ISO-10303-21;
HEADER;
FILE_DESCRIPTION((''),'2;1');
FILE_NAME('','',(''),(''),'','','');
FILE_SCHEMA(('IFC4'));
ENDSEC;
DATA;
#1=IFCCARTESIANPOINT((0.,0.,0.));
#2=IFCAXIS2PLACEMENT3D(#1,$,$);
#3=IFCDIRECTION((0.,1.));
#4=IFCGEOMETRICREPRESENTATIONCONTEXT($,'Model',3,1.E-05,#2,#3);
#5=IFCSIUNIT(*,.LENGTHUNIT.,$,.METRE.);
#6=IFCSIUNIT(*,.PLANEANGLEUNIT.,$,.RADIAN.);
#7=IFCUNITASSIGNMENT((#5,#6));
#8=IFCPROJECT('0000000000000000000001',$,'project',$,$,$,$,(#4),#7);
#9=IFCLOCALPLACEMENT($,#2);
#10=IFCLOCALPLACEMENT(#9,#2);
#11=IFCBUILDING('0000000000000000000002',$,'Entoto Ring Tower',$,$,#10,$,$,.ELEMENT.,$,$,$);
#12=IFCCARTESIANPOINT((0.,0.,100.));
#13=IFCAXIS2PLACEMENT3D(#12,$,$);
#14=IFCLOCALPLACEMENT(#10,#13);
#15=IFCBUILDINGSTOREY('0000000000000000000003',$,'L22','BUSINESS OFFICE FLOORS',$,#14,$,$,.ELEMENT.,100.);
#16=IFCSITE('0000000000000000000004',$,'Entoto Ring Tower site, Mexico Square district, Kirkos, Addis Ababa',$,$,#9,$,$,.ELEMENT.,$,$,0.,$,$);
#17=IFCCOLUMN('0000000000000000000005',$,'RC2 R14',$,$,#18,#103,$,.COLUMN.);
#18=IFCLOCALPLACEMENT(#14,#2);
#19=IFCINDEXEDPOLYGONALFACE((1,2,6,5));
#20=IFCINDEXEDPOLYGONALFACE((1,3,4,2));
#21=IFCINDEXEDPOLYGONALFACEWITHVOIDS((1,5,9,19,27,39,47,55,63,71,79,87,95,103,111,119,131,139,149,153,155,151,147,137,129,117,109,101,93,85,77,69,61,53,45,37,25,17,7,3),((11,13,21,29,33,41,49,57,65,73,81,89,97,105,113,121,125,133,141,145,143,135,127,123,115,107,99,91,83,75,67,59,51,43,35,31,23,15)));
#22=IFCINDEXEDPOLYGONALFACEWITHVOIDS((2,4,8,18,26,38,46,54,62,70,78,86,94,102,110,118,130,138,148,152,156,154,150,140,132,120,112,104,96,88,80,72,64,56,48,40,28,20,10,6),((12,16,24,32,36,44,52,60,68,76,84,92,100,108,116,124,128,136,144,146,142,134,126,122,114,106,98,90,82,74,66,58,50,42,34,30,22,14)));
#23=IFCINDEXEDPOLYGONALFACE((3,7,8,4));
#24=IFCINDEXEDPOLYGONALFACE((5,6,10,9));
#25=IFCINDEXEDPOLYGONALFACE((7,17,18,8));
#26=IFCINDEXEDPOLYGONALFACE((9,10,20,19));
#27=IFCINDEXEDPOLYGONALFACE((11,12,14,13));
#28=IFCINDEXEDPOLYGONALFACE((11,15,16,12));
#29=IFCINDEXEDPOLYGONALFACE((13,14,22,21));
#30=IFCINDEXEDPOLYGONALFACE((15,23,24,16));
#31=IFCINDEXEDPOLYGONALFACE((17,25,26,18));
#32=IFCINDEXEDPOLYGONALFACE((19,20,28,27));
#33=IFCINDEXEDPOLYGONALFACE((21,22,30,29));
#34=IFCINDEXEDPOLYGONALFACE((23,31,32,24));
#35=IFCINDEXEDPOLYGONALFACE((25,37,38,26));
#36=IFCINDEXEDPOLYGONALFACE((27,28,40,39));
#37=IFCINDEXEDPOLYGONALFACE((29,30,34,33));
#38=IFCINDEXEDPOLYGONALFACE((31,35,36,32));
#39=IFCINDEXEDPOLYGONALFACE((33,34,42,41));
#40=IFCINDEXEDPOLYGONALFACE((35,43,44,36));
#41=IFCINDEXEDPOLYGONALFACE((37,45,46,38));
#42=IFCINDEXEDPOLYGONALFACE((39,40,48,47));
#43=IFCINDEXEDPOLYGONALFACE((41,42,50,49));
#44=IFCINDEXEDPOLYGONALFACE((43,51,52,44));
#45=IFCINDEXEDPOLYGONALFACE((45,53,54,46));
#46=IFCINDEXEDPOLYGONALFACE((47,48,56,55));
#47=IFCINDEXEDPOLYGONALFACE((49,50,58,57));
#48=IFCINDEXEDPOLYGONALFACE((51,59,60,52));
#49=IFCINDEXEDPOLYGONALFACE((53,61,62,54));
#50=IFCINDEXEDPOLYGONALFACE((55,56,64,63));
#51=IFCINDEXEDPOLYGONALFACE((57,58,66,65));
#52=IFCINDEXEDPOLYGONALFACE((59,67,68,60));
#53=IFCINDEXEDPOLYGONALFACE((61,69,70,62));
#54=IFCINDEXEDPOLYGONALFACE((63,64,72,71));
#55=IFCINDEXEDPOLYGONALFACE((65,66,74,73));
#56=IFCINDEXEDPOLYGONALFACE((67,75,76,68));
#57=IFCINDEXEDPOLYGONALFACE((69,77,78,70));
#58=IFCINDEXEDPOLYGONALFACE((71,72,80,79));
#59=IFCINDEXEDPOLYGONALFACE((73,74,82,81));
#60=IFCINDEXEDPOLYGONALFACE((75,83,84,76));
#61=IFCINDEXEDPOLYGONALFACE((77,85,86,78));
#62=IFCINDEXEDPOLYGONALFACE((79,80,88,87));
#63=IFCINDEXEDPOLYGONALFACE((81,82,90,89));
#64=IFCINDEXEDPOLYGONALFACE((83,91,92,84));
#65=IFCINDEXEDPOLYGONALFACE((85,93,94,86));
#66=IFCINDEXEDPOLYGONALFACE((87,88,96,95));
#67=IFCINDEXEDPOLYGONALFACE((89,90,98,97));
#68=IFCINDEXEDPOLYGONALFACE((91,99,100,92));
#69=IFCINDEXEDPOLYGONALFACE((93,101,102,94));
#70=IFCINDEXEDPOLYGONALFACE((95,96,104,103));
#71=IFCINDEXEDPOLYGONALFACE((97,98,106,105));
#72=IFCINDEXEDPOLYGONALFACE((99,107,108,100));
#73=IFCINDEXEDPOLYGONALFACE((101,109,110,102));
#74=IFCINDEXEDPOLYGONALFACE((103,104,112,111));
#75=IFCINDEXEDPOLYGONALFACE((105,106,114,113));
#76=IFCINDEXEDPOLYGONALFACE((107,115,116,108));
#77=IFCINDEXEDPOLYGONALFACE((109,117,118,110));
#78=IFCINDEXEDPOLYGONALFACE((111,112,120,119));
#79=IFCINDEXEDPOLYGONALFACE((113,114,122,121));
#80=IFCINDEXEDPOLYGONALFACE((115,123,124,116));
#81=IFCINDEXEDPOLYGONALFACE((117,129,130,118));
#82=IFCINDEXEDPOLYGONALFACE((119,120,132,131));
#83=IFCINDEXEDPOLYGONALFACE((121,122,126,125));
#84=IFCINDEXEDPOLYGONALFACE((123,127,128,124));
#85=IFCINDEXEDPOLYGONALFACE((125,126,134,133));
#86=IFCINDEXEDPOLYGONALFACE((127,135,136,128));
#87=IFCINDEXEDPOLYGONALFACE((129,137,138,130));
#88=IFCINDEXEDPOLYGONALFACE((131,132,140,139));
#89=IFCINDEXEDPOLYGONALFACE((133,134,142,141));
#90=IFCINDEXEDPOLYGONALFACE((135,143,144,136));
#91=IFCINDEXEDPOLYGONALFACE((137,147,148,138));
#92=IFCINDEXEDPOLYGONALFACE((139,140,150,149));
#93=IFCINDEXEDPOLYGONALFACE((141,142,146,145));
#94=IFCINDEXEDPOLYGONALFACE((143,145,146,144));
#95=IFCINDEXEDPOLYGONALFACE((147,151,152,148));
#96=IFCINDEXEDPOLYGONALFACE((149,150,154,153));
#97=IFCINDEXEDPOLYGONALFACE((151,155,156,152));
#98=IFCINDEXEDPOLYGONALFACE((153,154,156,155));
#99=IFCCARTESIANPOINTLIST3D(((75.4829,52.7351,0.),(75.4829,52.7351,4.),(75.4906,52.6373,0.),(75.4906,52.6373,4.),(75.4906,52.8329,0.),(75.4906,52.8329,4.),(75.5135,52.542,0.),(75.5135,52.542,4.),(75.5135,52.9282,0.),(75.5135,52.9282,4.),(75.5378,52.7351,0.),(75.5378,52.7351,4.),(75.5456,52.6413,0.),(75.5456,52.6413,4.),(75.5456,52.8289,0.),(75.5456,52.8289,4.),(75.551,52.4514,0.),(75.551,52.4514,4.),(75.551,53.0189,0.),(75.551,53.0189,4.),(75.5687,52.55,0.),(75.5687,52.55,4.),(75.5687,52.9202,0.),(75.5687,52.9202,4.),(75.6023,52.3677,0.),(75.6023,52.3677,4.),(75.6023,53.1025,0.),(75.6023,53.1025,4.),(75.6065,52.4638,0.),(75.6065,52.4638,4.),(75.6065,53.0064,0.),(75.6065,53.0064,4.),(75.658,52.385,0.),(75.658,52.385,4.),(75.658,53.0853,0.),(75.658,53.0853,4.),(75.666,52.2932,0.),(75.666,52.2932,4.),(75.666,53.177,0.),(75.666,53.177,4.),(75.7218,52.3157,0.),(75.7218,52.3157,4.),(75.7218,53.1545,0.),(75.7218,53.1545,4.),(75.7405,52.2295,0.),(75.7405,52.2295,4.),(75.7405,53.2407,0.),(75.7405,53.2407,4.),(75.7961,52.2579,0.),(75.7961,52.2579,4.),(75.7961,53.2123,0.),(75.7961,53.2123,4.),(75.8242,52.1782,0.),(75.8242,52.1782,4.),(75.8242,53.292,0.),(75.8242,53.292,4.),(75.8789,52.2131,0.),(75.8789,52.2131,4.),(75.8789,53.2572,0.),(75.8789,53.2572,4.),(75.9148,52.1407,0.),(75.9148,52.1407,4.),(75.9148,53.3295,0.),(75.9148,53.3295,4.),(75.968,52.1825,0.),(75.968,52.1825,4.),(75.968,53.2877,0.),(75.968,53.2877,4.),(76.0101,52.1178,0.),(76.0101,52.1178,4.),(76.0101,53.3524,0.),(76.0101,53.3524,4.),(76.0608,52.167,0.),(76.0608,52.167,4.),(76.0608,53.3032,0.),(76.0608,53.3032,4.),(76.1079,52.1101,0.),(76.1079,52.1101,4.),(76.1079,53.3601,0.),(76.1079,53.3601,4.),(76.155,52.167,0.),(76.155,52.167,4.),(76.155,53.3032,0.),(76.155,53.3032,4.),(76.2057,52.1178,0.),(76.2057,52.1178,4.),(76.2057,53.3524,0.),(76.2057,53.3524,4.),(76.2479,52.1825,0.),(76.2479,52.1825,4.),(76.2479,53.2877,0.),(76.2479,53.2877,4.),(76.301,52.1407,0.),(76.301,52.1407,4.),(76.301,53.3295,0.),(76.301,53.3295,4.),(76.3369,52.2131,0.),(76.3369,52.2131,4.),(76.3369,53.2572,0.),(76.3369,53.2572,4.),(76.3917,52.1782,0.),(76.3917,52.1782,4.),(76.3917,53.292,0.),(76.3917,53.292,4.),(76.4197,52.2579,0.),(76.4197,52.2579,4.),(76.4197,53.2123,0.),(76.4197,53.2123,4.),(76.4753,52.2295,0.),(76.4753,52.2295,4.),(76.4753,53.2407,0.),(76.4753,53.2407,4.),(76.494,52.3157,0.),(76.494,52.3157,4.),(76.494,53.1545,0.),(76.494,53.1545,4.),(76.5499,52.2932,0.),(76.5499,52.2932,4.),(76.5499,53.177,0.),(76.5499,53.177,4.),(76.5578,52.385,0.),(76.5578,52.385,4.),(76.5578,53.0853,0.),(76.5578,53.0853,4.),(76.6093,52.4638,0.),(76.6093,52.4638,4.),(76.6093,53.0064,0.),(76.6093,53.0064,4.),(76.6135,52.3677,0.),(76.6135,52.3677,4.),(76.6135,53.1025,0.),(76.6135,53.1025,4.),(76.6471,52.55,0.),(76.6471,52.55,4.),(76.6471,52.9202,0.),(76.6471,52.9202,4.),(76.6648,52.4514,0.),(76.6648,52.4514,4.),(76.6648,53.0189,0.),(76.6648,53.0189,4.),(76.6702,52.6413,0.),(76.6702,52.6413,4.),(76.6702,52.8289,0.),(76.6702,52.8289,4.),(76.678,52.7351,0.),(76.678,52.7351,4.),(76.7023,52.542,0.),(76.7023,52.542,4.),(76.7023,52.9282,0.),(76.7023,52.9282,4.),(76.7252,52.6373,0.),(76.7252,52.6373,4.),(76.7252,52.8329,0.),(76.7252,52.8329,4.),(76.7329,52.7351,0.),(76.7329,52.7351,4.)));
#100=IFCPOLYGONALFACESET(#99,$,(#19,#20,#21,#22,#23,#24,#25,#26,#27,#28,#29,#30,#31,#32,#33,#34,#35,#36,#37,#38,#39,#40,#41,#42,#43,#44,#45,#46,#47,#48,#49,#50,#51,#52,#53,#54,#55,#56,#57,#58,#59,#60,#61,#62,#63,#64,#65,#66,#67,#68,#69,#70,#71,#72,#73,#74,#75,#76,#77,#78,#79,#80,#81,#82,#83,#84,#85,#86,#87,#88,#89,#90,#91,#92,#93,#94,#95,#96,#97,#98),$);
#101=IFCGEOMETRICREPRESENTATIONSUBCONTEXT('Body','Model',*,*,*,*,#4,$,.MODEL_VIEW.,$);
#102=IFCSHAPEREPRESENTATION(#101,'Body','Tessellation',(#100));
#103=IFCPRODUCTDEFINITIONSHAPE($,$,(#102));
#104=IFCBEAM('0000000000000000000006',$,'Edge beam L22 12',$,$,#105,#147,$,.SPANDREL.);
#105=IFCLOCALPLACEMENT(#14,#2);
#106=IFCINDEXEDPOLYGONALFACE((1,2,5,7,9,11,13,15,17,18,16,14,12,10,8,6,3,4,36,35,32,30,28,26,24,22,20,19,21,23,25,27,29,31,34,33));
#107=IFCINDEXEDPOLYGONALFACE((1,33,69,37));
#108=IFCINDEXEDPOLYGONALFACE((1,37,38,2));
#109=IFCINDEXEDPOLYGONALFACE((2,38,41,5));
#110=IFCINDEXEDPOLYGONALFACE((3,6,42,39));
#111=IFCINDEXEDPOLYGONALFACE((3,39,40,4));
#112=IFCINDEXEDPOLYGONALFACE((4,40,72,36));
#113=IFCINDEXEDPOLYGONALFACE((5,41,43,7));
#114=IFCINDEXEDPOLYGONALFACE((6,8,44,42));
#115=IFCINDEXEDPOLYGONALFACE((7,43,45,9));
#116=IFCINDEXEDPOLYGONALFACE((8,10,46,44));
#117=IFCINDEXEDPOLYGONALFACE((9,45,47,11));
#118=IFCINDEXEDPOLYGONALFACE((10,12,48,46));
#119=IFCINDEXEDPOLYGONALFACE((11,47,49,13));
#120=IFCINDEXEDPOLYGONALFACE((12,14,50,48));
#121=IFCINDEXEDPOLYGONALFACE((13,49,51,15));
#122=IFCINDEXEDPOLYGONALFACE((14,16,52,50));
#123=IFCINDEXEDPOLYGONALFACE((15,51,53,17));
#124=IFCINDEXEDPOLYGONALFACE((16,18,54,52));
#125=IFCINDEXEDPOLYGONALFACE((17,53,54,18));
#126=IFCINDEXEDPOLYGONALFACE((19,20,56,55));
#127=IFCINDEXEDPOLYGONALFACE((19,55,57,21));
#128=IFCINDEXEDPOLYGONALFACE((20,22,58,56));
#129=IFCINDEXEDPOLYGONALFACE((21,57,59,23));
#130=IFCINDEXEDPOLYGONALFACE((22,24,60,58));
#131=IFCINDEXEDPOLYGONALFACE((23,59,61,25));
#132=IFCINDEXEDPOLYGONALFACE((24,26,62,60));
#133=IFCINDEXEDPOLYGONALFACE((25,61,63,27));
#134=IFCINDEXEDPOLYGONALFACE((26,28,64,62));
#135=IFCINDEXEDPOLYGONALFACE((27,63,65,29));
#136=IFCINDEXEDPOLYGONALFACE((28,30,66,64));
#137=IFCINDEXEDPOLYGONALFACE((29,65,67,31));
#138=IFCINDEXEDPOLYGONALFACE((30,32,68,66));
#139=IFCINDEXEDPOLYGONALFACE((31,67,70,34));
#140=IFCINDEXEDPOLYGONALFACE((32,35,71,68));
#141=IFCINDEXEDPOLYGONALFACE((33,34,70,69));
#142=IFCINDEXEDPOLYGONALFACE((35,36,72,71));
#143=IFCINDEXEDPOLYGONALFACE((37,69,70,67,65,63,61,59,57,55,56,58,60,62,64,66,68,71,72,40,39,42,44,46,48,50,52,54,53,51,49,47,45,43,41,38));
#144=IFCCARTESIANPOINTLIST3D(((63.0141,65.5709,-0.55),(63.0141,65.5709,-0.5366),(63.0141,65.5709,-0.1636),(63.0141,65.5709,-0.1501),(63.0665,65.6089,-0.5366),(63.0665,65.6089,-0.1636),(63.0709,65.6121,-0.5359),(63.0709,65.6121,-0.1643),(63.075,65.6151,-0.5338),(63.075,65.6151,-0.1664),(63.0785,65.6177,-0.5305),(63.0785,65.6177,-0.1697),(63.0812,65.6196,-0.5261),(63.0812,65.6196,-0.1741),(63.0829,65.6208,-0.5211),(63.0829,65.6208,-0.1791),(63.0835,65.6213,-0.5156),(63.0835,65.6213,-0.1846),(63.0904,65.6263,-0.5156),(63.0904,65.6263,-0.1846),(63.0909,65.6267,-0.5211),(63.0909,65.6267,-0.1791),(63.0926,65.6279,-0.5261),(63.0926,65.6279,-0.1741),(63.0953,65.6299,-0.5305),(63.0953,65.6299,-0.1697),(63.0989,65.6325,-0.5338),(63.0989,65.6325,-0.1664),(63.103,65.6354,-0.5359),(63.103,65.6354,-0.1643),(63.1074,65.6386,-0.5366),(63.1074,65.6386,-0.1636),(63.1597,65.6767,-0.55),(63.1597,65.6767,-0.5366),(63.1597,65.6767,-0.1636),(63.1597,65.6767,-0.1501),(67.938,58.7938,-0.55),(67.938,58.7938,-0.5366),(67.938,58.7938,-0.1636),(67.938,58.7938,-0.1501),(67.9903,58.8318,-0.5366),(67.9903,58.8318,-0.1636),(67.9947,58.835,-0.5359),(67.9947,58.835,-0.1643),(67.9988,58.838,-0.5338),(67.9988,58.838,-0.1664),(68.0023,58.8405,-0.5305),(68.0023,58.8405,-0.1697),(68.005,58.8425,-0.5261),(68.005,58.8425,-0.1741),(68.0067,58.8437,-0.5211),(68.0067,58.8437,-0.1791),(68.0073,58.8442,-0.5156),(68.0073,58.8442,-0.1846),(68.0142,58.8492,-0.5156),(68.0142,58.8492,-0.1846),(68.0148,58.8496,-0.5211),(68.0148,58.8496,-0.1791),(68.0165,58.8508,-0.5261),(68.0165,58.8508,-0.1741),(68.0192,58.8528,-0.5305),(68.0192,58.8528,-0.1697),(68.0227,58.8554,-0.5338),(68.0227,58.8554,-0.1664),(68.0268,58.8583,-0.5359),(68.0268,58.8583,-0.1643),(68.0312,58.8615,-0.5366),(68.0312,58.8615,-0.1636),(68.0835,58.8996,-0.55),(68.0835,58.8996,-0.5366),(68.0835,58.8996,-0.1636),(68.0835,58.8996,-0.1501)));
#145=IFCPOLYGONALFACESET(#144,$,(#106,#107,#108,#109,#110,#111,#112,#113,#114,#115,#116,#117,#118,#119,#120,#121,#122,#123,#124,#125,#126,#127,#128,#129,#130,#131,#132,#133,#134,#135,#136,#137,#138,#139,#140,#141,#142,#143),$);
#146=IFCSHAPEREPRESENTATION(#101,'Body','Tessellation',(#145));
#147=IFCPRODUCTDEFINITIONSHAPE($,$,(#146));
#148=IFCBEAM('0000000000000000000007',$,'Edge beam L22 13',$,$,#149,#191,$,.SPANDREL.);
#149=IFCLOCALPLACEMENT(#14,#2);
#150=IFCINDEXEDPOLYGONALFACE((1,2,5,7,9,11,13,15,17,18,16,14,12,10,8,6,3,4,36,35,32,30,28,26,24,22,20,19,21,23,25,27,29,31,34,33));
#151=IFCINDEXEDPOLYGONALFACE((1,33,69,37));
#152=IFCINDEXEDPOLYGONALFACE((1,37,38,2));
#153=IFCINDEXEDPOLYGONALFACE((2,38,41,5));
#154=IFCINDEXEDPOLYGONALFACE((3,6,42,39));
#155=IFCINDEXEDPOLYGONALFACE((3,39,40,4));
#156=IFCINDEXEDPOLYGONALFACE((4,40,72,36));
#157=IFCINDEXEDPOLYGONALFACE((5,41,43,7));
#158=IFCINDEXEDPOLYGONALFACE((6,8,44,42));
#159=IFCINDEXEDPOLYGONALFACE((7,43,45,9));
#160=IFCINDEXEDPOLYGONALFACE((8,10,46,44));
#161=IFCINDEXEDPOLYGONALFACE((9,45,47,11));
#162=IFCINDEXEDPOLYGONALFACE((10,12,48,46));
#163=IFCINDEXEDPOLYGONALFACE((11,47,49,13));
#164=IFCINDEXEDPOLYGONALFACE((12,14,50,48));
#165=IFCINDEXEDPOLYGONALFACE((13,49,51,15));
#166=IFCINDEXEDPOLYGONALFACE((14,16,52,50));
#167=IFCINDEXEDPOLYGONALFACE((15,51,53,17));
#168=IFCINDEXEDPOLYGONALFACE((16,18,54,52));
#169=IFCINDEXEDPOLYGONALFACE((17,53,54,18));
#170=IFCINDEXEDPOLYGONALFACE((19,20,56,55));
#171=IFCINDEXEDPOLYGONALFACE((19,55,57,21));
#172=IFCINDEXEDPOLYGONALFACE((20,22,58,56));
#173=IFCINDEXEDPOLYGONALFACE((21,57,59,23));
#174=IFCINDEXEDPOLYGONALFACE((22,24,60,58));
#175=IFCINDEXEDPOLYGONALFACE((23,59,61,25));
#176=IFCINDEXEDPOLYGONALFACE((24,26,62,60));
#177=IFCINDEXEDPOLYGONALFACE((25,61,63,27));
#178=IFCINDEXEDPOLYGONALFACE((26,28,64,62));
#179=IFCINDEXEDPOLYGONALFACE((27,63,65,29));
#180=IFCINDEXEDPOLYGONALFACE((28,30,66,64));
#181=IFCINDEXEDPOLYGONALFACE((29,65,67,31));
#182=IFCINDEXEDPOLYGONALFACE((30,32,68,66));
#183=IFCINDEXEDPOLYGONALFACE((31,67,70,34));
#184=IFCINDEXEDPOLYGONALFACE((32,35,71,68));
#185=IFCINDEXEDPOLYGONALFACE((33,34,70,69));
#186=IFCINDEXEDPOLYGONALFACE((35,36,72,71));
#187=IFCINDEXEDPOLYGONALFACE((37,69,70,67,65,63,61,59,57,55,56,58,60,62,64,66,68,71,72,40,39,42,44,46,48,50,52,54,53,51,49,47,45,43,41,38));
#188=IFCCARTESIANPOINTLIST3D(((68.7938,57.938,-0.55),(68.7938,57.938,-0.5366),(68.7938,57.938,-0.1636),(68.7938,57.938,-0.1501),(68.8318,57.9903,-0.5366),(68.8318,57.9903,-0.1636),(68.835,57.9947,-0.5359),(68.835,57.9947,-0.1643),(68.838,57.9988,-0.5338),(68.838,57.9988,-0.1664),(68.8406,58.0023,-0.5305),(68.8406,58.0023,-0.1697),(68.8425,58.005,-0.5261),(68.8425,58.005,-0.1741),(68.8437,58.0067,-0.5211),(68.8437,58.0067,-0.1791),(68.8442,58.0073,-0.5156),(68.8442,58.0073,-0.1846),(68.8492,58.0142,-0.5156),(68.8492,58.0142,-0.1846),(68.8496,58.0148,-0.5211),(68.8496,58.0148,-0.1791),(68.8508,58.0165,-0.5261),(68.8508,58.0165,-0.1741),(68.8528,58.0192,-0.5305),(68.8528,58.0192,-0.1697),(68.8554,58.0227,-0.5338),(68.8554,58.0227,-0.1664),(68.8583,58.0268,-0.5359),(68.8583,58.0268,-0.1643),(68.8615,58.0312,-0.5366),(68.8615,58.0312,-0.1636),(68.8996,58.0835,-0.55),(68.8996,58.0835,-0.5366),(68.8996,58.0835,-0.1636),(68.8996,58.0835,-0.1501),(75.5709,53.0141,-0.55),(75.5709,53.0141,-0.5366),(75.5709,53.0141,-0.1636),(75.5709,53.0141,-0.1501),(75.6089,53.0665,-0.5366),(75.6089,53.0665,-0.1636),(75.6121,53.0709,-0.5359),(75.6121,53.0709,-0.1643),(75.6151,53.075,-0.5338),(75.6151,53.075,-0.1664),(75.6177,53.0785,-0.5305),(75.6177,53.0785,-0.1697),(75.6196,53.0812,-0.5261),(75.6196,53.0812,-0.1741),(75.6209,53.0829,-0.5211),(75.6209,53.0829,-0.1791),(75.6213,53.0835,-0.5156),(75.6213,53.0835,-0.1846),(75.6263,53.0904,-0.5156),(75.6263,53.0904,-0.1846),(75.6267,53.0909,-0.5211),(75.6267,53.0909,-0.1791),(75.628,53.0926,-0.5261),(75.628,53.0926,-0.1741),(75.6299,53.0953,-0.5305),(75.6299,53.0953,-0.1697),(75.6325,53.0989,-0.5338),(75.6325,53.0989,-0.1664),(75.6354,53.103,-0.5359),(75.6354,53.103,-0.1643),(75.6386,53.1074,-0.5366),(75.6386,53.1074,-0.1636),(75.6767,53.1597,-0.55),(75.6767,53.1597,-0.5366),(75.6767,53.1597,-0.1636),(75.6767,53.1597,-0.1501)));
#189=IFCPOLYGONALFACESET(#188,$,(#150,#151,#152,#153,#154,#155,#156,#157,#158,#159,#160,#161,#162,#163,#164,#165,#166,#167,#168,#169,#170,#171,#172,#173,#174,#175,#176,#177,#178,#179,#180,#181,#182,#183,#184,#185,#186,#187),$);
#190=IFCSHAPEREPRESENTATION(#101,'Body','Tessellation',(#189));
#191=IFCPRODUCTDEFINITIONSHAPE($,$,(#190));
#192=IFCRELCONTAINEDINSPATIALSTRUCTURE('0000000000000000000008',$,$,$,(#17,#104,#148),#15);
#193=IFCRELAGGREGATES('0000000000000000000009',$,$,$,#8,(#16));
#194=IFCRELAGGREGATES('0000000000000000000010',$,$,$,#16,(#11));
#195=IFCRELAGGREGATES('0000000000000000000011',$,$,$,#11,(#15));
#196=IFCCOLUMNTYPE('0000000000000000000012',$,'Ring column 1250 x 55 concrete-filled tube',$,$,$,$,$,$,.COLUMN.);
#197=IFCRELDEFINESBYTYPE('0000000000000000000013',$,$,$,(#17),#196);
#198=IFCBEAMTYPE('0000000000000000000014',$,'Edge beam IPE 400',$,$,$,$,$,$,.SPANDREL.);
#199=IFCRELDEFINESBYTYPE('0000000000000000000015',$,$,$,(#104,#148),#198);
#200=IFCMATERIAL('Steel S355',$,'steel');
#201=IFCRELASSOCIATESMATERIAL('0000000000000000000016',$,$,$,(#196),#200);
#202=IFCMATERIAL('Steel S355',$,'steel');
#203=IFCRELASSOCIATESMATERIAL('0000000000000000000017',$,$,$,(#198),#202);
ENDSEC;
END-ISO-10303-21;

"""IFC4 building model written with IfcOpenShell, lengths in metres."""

from ifc_helpers import new_model, si_unit, direction, frame, origin, origin_2d, place, context, subcontext, project, spatial, circle, hollow_circle, i_section, extrude, material, material_profile, profile_set, type_object, element, save


model = new_model("IFC4")

# Units and contexts
model_context = context("Model", 3, precision=1e-05, world=origin(), true_north=direction((0.0, 1.0)))
body_context = subcontext(model_context, "Body", "Model", "MODEL_VIEW")
ifc_project = project(units=[si_unit("LENGTHUNIT", "METRE"), si_unit("PLANEANGLEUNIT", "RADIAN")], contexts=[model_context])

# Site, building, storey
site_placement = place(None, origin())
site = spatial("IfcSite", under=ifc_project, at=site_placement, Name="Entoto Ring Tower site, Mexico Square district, Kirkos, Addis Ababa", CompositionType="ELEMENT", RefElevation=0.0)
building_placement = place(site_placement, origin())
building = spatial("IfcBuilding", under=site, at=building_placement, Name="Entoto Ring Tower", CompositionType="ELEMENT")
storey_placement = place(building_placement, frame((0.0, 0.0, 100.0)))
storey = spatial("IfcBuildingStorey", under=building, at=storey_placement, Name="L22", Description="BUSINESS OFFICE FLOORS", CompositionType="ELEMENT", Elevation=100.0)

# Column
ifc_material_1 = material(Name="Steel S355", Category="steel")
ifc_material_profile_1 = material_profile(ifc_material_1, hollow_circle(Radius=0.625, WallThickness=0.0549, at=origin_2d()), Name="CHS 1250 x 55")
ifc_material_2 = material(Name="Concrete C60/75", Category="concrete")
ifc_material_profile_2 = material_profile(ifc_material_2, circle(Radius=0.5701, at=origin_2d()), Name="Concrete C60/75 infill")
ifc_profile_set_1 = profile_set([ifc_material_profile_1, ifc_material_profile_2], Name="Steel S355")
column_type = type_object("IfcColumnType", Name="Ring column 1250 x 55 concrete-filled tube", PredefinedType="COLUMN", material=ifc_profile_set_1)
for number, where, z_axis, x_axis, name in (
    (1, (76.1079, 52.7351, 0.0), (0.0, 0.0, 1.0), (1.0, 0.0, 0.0), "RC2 R14"),
):
    element("IfcColumn", number, at=place(storey_placement, frame(where, z_axis=z_axis, x_axis=x_axis)), inside=storey, type_object=column_type, Name=name, PredefinedType="COLUMN", context=body_context, shape_type="SweptSolid", body=[
        extrude(hollow_circle(Radius=0.625, WallThickness=0.0549, at=origin_2d()), origin(), (0.0, 0.0, 1.0), 4.0),
    ])

# Beams
ifc_material_3 = material(Name="Steel S355", Category="steel")
ifc_material_profile_3 = material_profile(ifc_material_3, i_section(OverallWidth=0.1799, OverallDepth=0.3999, WebThickness=0.0085, FlangeThickness=0.0134, FilletRadius=0.021, at=origin_2d()), Name="IPE 400")
ifc_profile_set_2 = profile_set([ifc_material_profile_3], Name="Steel S355")
beam_type_1 = type_object("IfcBeamType", Name="Edge beam IPE 400", PredefinedType="SPANDREL", material=ifc_profile_set_2)
for number, where, z_axis, x_axis, name in (
    (2, (63.0869, 65.6238, -0.3501), (0.587783, -0.809018, 0.0), (0.809018, 0.587783, 0.0), "Edge beam L22 12"),
    (3, (68.8467, 58.0107, -0.3501), (0.809018, -0.587783, 0.0), (0.587783, 0.809018, 0.0), "Edge beam L22 13"),
):
    element("IfcBeam", number, at=place(storey_placement, frame(where, z_axis=z_axis, x_axis=x_axis)), inside=storey, type_object=beam_type_1, Name=name, PredefinedType="SPANDREL", context=body_context, shape_type="SweptSolid", body=[
        extrude(i_section(OverallWidth=0.1799, OverallDepth=0.3999, WebThickness=0.0085, FlangeThickness=0.0134, FilletRadius=0.021, at=origin_2d()), origin(), (0.0, 0.0, 1.0), 8.377),
    ])

save(model, "model.ifc")
